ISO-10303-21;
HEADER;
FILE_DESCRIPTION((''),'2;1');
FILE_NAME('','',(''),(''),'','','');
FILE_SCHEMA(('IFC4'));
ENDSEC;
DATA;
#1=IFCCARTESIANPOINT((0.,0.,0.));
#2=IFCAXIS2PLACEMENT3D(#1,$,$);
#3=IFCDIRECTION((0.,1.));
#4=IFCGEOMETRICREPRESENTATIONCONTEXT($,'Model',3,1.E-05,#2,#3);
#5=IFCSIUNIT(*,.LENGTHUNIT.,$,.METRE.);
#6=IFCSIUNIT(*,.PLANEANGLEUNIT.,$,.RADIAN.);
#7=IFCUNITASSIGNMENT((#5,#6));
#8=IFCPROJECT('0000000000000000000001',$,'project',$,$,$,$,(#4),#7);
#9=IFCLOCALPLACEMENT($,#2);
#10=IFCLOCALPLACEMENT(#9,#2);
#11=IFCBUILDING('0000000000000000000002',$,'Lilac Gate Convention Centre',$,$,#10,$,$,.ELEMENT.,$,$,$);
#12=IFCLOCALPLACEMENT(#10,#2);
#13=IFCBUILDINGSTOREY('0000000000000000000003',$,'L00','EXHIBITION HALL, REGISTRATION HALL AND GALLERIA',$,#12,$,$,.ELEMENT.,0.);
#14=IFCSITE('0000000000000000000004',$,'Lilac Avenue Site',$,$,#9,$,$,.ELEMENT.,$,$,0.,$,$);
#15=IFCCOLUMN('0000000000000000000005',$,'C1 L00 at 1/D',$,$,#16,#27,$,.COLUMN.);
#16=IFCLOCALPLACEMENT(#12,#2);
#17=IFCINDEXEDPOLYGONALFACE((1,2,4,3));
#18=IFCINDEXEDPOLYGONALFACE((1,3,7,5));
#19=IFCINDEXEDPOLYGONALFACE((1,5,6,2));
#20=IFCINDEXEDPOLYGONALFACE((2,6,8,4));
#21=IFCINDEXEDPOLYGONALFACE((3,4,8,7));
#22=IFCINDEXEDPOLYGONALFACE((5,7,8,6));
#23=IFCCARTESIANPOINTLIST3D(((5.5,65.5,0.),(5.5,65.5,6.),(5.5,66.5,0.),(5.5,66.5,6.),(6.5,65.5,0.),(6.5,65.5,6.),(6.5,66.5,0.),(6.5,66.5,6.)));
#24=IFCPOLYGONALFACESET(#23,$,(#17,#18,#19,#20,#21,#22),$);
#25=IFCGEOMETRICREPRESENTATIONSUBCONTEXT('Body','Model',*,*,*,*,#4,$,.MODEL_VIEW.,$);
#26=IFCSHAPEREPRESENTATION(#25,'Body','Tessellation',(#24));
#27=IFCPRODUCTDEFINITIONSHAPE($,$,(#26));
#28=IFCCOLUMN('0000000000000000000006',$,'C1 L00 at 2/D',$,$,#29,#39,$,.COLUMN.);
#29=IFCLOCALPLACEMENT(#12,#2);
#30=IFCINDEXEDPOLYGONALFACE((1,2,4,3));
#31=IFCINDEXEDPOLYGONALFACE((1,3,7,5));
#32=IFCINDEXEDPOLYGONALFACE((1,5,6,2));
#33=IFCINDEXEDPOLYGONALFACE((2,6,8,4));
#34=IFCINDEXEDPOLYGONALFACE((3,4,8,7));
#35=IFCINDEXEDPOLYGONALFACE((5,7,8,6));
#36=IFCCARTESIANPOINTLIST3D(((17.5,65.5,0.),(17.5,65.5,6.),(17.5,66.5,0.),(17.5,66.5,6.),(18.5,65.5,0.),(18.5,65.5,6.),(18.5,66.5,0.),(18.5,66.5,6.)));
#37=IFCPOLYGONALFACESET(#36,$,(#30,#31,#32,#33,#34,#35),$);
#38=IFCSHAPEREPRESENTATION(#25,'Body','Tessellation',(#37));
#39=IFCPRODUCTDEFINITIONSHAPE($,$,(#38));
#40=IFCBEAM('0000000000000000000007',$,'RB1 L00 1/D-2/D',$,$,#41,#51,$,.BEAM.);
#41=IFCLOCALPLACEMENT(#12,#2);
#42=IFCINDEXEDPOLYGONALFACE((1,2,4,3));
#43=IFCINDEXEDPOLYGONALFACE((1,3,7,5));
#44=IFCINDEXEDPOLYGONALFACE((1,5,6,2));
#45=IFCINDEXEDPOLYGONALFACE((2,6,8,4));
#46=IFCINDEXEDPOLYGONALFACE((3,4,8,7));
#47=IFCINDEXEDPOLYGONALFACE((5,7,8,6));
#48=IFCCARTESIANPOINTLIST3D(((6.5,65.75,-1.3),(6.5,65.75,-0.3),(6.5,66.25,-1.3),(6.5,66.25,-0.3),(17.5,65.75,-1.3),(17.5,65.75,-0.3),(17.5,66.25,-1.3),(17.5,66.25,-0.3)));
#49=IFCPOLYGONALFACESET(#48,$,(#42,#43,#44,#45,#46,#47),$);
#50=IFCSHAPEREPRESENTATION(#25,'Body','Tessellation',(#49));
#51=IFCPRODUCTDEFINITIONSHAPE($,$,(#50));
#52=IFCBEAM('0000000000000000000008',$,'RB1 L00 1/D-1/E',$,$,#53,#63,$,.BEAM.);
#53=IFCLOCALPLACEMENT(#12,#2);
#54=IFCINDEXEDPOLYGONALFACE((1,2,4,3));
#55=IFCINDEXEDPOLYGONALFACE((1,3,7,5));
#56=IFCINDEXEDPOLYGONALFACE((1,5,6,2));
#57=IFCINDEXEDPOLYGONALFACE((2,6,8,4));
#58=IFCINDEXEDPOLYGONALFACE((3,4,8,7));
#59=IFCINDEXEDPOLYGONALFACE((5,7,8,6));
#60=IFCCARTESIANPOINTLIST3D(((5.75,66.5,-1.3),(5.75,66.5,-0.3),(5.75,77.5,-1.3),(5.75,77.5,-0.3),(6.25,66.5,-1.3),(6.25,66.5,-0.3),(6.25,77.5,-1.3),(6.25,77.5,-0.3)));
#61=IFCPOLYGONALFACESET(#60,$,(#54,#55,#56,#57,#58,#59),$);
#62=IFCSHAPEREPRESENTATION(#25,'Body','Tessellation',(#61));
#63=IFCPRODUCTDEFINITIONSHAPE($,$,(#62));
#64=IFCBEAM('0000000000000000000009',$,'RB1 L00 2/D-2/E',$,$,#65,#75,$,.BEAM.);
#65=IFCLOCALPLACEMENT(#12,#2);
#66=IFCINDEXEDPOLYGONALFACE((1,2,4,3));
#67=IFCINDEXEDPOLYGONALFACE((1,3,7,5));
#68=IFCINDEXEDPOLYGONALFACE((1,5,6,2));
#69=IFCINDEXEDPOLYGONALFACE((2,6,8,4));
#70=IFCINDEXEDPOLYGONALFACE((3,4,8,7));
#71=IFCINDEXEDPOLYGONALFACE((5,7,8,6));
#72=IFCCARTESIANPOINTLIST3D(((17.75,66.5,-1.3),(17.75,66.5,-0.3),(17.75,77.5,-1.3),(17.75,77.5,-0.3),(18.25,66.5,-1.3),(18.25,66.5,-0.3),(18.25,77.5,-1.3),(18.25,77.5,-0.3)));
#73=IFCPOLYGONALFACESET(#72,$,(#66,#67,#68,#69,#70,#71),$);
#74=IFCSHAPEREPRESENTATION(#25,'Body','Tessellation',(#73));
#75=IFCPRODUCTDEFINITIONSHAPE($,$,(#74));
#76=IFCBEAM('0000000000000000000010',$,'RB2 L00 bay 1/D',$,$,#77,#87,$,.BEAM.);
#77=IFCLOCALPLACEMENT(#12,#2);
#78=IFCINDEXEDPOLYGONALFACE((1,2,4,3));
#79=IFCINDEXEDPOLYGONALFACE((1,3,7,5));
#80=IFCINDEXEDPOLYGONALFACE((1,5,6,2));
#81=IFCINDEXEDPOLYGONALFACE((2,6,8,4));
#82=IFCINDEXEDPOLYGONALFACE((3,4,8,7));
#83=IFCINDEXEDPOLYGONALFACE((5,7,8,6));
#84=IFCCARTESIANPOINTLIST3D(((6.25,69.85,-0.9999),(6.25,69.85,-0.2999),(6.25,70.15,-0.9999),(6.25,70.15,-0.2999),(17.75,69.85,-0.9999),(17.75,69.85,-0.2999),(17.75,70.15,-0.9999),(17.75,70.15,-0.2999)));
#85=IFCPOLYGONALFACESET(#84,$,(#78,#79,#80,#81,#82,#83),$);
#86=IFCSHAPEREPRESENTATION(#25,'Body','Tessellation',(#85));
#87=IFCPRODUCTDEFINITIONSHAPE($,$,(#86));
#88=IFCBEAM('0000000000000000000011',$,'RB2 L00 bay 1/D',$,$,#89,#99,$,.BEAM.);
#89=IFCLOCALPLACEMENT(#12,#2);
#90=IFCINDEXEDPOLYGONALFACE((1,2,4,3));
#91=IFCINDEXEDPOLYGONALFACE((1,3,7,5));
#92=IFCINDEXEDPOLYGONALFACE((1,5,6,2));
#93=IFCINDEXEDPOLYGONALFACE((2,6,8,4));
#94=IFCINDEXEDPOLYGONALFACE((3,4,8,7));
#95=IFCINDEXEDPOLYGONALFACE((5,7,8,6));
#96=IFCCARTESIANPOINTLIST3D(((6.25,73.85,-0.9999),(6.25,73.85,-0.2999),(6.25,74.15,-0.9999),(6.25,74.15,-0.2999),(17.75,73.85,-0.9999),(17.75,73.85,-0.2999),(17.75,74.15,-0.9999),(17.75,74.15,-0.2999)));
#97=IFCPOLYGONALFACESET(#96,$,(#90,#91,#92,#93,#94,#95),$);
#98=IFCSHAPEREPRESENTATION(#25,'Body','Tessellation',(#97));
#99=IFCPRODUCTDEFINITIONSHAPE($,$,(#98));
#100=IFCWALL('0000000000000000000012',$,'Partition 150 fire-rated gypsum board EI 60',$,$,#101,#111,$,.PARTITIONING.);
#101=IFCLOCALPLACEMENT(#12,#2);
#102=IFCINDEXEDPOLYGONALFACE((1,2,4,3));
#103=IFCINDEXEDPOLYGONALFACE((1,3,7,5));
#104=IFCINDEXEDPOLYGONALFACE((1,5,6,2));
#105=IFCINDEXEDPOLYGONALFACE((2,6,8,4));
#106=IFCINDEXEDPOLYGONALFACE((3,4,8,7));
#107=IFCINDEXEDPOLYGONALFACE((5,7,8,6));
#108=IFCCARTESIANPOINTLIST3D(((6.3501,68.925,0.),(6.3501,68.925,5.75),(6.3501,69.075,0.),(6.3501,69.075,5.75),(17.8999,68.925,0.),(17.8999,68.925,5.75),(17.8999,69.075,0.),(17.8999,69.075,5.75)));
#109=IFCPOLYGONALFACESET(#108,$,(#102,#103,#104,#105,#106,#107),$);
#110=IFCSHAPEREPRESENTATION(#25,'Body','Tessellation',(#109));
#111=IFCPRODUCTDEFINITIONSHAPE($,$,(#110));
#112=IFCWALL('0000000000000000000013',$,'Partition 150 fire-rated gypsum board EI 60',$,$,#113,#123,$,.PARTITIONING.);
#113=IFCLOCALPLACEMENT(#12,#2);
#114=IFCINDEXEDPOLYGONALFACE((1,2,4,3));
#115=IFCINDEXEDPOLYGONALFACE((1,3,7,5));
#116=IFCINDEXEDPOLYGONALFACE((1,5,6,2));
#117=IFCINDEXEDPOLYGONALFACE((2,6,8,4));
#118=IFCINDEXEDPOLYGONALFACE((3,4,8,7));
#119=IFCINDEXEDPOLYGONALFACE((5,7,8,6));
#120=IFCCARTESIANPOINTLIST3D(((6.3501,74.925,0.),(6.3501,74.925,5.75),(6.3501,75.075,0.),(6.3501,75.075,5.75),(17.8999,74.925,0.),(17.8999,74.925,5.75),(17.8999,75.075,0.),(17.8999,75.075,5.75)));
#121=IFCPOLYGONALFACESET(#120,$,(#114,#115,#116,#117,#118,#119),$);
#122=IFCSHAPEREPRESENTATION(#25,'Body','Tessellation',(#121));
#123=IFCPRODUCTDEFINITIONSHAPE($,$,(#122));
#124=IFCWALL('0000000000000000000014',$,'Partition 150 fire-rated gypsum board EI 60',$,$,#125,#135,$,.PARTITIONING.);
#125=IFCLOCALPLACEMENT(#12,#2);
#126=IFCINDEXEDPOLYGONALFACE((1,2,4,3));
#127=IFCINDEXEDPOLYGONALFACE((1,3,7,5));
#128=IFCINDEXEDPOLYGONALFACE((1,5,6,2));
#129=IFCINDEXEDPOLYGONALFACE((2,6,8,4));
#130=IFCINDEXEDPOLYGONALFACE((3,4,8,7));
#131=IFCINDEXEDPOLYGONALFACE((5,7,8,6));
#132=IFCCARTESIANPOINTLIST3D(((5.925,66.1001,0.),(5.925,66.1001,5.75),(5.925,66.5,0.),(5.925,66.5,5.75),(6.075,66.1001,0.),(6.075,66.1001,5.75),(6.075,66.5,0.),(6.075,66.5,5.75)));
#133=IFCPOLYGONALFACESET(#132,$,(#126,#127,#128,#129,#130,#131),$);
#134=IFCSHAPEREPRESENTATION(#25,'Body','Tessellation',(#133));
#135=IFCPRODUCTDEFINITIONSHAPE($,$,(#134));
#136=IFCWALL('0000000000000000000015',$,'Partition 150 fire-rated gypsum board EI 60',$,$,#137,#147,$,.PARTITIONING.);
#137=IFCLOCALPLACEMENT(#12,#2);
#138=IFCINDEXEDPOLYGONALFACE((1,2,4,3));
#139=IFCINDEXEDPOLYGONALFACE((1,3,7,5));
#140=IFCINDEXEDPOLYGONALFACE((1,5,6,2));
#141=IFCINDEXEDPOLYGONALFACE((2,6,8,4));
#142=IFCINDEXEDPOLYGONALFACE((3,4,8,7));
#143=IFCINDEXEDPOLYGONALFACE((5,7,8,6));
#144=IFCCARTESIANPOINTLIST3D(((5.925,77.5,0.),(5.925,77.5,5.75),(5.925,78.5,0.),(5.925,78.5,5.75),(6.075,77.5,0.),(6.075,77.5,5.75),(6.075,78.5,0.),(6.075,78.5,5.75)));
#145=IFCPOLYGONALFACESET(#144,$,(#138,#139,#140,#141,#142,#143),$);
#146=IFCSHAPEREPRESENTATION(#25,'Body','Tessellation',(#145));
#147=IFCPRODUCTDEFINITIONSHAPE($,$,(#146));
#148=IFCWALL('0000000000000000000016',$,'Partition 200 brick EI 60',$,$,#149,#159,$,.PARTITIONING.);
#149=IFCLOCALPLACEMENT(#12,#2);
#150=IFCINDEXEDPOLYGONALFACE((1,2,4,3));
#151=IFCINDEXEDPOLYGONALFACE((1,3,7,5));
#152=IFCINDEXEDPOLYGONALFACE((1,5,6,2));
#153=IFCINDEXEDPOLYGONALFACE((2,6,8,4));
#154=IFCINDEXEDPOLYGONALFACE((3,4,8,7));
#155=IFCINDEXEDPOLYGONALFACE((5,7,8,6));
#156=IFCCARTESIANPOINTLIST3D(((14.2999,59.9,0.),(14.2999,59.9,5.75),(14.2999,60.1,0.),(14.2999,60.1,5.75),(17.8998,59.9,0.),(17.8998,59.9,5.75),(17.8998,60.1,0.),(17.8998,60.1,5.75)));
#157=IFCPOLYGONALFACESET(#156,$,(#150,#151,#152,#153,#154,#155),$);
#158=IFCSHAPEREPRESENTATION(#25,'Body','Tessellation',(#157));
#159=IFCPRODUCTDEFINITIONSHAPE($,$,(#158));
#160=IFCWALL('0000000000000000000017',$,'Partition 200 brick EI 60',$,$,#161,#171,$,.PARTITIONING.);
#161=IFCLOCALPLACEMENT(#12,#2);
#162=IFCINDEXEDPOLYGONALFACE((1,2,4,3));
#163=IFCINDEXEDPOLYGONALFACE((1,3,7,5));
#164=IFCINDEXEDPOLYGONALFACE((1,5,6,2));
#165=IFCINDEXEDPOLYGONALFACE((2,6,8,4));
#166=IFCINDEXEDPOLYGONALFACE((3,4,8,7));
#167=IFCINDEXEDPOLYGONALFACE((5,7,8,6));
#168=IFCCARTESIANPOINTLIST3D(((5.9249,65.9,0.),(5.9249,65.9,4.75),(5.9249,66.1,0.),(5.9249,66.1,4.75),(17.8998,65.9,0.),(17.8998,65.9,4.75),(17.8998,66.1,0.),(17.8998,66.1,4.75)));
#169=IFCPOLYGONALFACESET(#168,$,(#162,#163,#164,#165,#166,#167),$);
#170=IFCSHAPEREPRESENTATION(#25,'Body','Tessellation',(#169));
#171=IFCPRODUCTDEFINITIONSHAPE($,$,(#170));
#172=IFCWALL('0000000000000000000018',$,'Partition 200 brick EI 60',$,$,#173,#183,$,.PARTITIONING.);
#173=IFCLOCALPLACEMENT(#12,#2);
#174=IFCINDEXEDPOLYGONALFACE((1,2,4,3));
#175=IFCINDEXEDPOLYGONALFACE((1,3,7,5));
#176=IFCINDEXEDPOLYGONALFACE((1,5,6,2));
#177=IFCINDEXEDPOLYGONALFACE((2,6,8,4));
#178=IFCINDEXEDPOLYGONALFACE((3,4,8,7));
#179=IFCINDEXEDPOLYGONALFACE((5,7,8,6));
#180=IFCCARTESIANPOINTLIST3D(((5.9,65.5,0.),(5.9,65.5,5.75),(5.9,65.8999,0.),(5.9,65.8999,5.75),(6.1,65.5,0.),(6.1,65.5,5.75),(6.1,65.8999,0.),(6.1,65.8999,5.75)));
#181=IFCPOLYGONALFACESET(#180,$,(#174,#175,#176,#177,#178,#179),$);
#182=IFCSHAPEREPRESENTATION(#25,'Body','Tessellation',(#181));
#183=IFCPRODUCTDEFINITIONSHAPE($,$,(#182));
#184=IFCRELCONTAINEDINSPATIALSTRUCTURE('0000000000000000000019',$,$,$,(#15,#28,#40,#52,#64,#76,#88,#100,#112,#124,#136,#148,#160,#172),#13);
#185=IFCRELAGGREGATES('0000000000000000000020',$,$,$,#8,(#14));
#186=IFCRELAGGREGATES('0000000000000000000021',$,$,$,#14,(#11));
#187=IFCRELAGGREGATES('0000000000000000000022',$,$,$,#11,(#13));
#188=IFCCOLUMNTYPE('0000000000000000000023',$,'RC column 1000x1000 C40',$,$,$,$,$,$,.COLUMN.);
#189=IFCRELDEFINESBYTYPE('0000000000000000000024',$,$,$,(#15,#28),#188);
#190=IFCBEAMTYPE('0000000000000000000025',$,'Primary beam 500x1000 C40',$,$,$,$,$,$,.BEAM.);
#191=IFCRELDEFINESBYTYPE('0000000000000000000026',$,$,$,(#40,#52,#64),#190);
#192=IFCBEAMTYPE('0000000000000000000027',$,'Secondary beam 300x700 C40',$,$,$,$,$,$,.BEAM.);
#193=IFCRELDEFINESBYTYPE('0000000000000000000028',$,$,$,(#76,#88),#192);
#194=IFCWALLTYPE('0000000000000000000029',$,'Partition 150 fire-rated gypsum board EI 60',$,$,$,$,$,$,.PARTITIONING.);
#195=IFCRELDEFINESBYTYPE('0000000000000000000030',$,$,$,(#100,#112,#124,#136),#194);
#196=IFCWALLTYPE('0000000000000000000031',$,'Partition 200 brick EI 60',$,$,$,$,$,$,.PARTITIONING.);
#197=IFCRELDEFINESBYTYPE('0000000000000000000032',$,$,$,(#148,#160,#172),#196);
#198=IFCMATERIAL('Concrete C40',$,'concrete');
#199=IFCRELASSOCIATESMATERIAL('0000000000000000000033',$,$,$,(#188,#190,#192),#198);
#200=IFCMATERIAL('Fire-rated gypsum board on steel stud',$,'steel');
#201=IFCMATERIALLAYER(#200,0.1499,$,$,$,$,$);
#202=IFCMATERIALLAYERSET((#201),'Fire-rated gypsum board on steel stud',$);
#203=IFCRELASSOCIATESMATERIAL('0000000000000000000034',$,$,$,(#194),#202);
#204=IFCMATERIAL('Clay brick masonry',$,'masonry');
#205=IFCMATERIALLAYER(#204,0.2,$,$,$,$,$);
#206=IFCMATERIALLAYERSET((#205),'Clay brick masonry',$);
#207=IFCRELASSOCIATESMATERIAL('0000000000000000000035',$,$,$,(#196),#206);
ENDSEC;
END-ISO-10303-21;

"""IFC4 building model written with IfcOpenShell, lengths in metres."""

from ifc_helpers import new_model, si_unit, direction, frame, frame_2d, origin, origin_2d, place, context, subcontext, project, spatial, rectangle, extrude, material, layer, layer_set, material_profile, profile_set, type_object, element, save


model = new_model("IFC4")

# Units and contexts
model_context = context("Model", 3, precision=1e-05, world=origin(), true_north=direction((0.0, 1.0)))
body_context = subcontext(model_context, "Body", "Model", "MODEL_VIEW")
ifc_project = project(units=[si_unit("LENGTHUNIT", "METRE"), si_unit("PLANEANGLEUNIT", "RADIAN")], contexts=[model_context])

# Site, building, storey
site_placement = place(None, origin())
site = spatial("IfcSite", under=ifc_project, at=site_placement, Name="Lilac Avenue Site", CompositionType="ELEMENT", RefElevation=0.0)
building_placement = place(site_placement, origin())
building = spatial("IfcBuilding", under=site, at=building_placement, Name="Lilac Gate Convention Centre", CompositionType="ELEMENT")
storey_placement = place(building_placement, origin())
storey = spatial("IfcBuildingStorey", under=building, at=storey_placement, Name="L00", Description="EXHIBITION HALL, REGISTRATION HALL AND GALLERIA", CompositionType="ELEMENT", Elevation=0.0)

# Columns
ifc_material_1 = material(Name="Concrete C40", Category="concrete")
ifc_material_profile_1 = material_profile(ifc_material_1, rectangle(XDim=1.0, YDim=1.0, at=origin_2d()), Name="RC 1000x1000")
ifc_profile_set_1 = profile_set([ifc_material_profile_1], Name="Concrete C40")
column_type = type_object("IfcColumnType", Name="RC column 1000x1000 C40", PredefinedType="COLUMN", material=ifc_profile_set_1)
for number, where, z_axis, x_axis, name in (
    (1, (6.0, 66.0, 0.0), (0.0, 0.0, 1.0), (1.0, 0.0, 0.0), "C1 L00 at 1/D"),
    (2, (18.0, 66.0, 0.0), (0.0, 0.0, 1.0), (1.0, 0.0, 0.0), "C1 L00 at 2/D"),
):
    element("IfcColumn", number, at=place(storey_placement, frame(where, z_axis=z_axis, x_axis=x_axis)), inside=storey, type_object=column_type, Name=name, PredefinedType="COLUMN", context=body_context, shape_type="SweptSolid", body=[
        extrude(rectangle(XDim=1.0, YDim=1.0, at=origin_2d()), origin(), (0.0, 0.0, 1.0), 6.0),
    ])

# Beams
ifc_material_profile_2 = material_profile(ifc_material_1, rectangle(XDim=0.5, YDim=1.0, at=origin_2d()), Name="RC 500x1000")
ifc_profile_set_2 = profile_set([ifc_material_profile_2], Name="Concrete C40")
beam_type_1 = type_object("IfcBeamType", Name="Primary beam 500x1000 C40", PredefinedType="BEAM", material=ifc_profile_set_2)
for number, where, z_axis, x_axis, name in (
    (3, (6.5, 66.0, -0.8), (1.0, 0.0, 0.0), (0.0, 1.0, 0.0), "RB1 L00 1/D-2/D"),
    (4, (6.0, 66.5, -0.8), (0.0, 1.0, 0.0), (-1.0, 0.0, 0.0), "RB1 L00 1/D-1/E"),
    (5, (18.0, 66.5, -0.8), (0.0, 1.0, 0.0), (-1.0, 0.0, 0.0), "RB1 L00 2/D-2/E"),
):
    element("IfcBeam", number, at=place(storey_placement, frame(where, z_axis=z_axis, x_axis=x_axis)), inside=storey, type_object=beam_type_1, Name=name, PredefinedType="BEAM", context=body_context, shape_type="SweptSolid", body=[
        extrude(rectangle(XDim=0.5, YDim=1.0, at=origin_2d()), origin(), (0.0, 0.0, 1.0), 11.0),
    ])
ifc_material_profile_3 = material_profile(ifc_material_1, rectangle(XDim=0.3, YDim=0.7, at=origin_2d()), Name="RC 300x700")
ifc_profile_set_3 = profile_set([ifc_material_profile_3], Name="Concrete C40")
beam_type_2 = type_object("IfcBeamType", Name="Secondary beam 300x700 C40", PredefinedType="BEAM", material=ifc_profile_set_3)
for number, where, z_axis, x_axis, name in (
    (6, (6.25, 70.0, -0.6499), (1.0, 0.0, 0.0), (0.0, 1.0, 0.0), "RB2 L00 bay 1/D"),
    (7, (6.25, 74.0, -0.6499), (1.0, 0.0, 0.0), (0.0, 1.0, 0.0), "RB2 L00 bay 1/D"),
):
    element("IfcBeam", number, at=place(storey_placement, frame(where, z_axis=z_axis, x_axis=x_axis)), inside=storey, type_object=beam_type_2, Name=name, PredefinedType="BEAM", context=body_context, shape_type="SweptSolid", body=[
        extrude(rectangle(XDim=0.3, YDim=0.7, at=origin_2d()), origin(), (0.0, 0.0, 1.0), 11.5),
    ])

# Walls
ifc_material_2 = material(Name="Fire-rated gypsum board on steel stud", Category="steel")
ifc_layer_1 = layer(ifc_material_2, 0.1499)
ifc_layer_set_1 = layer_set([ifc_layer_1], Name="Fire-rated gypsum board on steel stud")
wall_type_1 = type_object("IfcWallType", Name="Partition 150 fire-rated gypsum board EI 60", PredefinedType="PARTITIONING", material=ifc_layer_set_1)
for number, where, z_axis, x_axis, name in (
    (8, (6.3501, 69.0, 0.0), (0.0, 0.0, 1.0), (1.0, 0.0, 0.0), "Partition 150 fire-rated gypsum board EI 60"),
    (9, (6.3501, 75.0, 0.0), (0.0, 0.0, 1.0), (1.0, 0.0, 0.0), "Partition 150 fire-rated gypsum board EI 60"),
):
    element("IfcWall", number, at=place(storey_placement, frame(where, z_axis=z_axis, x_axis=x_axis)), inside=storey, type_object=wall_type_1, Name=name, PredefinedType="PARTITIONING", context=body_context, shape_type="SweptSolid", body=[
        extrude(rectangle(XDim=11.5498, YDim=0.1499, at=frame_2d((5.7749, 0.0))), origin(), (0.0, 0.0, 1.0), 5.75),
    ])
wall_1_placement = place(storey_placement, frame((6.0, 66.1001, 0.0), z_axis=(0.0, 0.0, 1.0), x_axis=(0.0, 1.0, 0.0)))
element("IfcWall", 10, at=wall_1_placement, inside=storey, type_object=wall_type_1, Name="Partition 150 fire-rated gypsum board EI 60", PredefinedType="PARTITIONING", context=body_context, shape_type="SweptSolid", body=[
    extrude(rectangle(XDim=0.3999, YDim=0.1499, at=frame_2d((0.2, 0.0))), origin(), (0.0, 0.0, 1.0), 5.75),
])
wall_2_placement = place(storey_placement, frame((6.0, 77.5, 0.0), z_axis=(0.0, 0.0, 1.0), x_axis=(0.0, 1.0, 0.0)))
element("IfcWall", 11, at=wall_2_placement, inside=storey, type_object=wall_type_1, Name="Partition 150 fire-rated gypsum board EI 60", PredefinedType="PARTITIONING", context=body_context, shape_type="SweptSolid", body=[
    extrude(rectangle(XDim=1.0, YDim=0.1499, at=frame_2d((0.5, 0.0))), origin(), (0.0, 0.0, 1.0), 5.75),
])
ifc_material_3 = material(Name="Clay brick masonry", Category="masonry")
ifc_layer_2 = layer(ifc_material_3, 0.2)
ifc_layer_set_2 = layer_set([ifc_layer_2], Name="Clay brick masonry")
wall_type_2 = type_object("IfcWallType", Name="Partition 200 brick EI 60", PredefinedType="PARTITIONING", material=ifc_layer_set_2)
wall_3_placement = place(storey_placement, frame((14.3, 60.0, 0.0), z_axis=(0.0, 0.0, 1.0), x_axis=(1.0, 0.0, 0.0)))
element("IfcWall", 12, at=wall_3_placement, inside=storey, type_object=wall_type_2, Name="Partition 200 brick EI 60", PredefinedType="PARTITIONING", context=body_context, shape_type="SweptSolid", body=[
    extrude(rectangle(XDim=3.5999, YDim=0.2, at=frame_2d((1.7998, 0.0))), origin(), (0.0, 0.0, 1.0), 5.75),
])
wall_4_placement = place(storey_placement, frame((5.925, 66.0, 0.0), z_axis=(0.0, 0.0, 1.0), x_axis=(1.0, 0.0, 0.0)))
element("IfcWall", 13, at=wall_4_placement, inside=storey, type_object=wall_type_2, Name="Partition 200 brick EI 60", PredefinedType="PARTITIONING", context=body_context, shape_type="SweptSolid", body=[
    extrude(rectangle(XDim=11.9749, YDim=0.2, at=frame_2d((5.9873, 0.0))), origin(), (0.0, 0.0, 1.0), 4.75),
])
wall_5_placement = place(storey_placement, frame((6.0, 65.5, 0.0), z_axis=(0.0, 0.0, 1.0), x_axis=(0.0, 1.0, 0.0)))
element("IfcWall", 14, at=wall_5_placement, inside=storey, type_object=wall_type_2, Name="Partition 200 brick EI 60", PredefinedType="PARTITIONING", context=body_context, shape_type="SweptSolid", body=[
    extrude(rectangle(XDim=0.3999, YDim=0.2, at=frame_2d((0.2, 0.0))), origin(), (0.0, 0.0, 1.0), 5.75),
])

save(model, "model.ifc")
